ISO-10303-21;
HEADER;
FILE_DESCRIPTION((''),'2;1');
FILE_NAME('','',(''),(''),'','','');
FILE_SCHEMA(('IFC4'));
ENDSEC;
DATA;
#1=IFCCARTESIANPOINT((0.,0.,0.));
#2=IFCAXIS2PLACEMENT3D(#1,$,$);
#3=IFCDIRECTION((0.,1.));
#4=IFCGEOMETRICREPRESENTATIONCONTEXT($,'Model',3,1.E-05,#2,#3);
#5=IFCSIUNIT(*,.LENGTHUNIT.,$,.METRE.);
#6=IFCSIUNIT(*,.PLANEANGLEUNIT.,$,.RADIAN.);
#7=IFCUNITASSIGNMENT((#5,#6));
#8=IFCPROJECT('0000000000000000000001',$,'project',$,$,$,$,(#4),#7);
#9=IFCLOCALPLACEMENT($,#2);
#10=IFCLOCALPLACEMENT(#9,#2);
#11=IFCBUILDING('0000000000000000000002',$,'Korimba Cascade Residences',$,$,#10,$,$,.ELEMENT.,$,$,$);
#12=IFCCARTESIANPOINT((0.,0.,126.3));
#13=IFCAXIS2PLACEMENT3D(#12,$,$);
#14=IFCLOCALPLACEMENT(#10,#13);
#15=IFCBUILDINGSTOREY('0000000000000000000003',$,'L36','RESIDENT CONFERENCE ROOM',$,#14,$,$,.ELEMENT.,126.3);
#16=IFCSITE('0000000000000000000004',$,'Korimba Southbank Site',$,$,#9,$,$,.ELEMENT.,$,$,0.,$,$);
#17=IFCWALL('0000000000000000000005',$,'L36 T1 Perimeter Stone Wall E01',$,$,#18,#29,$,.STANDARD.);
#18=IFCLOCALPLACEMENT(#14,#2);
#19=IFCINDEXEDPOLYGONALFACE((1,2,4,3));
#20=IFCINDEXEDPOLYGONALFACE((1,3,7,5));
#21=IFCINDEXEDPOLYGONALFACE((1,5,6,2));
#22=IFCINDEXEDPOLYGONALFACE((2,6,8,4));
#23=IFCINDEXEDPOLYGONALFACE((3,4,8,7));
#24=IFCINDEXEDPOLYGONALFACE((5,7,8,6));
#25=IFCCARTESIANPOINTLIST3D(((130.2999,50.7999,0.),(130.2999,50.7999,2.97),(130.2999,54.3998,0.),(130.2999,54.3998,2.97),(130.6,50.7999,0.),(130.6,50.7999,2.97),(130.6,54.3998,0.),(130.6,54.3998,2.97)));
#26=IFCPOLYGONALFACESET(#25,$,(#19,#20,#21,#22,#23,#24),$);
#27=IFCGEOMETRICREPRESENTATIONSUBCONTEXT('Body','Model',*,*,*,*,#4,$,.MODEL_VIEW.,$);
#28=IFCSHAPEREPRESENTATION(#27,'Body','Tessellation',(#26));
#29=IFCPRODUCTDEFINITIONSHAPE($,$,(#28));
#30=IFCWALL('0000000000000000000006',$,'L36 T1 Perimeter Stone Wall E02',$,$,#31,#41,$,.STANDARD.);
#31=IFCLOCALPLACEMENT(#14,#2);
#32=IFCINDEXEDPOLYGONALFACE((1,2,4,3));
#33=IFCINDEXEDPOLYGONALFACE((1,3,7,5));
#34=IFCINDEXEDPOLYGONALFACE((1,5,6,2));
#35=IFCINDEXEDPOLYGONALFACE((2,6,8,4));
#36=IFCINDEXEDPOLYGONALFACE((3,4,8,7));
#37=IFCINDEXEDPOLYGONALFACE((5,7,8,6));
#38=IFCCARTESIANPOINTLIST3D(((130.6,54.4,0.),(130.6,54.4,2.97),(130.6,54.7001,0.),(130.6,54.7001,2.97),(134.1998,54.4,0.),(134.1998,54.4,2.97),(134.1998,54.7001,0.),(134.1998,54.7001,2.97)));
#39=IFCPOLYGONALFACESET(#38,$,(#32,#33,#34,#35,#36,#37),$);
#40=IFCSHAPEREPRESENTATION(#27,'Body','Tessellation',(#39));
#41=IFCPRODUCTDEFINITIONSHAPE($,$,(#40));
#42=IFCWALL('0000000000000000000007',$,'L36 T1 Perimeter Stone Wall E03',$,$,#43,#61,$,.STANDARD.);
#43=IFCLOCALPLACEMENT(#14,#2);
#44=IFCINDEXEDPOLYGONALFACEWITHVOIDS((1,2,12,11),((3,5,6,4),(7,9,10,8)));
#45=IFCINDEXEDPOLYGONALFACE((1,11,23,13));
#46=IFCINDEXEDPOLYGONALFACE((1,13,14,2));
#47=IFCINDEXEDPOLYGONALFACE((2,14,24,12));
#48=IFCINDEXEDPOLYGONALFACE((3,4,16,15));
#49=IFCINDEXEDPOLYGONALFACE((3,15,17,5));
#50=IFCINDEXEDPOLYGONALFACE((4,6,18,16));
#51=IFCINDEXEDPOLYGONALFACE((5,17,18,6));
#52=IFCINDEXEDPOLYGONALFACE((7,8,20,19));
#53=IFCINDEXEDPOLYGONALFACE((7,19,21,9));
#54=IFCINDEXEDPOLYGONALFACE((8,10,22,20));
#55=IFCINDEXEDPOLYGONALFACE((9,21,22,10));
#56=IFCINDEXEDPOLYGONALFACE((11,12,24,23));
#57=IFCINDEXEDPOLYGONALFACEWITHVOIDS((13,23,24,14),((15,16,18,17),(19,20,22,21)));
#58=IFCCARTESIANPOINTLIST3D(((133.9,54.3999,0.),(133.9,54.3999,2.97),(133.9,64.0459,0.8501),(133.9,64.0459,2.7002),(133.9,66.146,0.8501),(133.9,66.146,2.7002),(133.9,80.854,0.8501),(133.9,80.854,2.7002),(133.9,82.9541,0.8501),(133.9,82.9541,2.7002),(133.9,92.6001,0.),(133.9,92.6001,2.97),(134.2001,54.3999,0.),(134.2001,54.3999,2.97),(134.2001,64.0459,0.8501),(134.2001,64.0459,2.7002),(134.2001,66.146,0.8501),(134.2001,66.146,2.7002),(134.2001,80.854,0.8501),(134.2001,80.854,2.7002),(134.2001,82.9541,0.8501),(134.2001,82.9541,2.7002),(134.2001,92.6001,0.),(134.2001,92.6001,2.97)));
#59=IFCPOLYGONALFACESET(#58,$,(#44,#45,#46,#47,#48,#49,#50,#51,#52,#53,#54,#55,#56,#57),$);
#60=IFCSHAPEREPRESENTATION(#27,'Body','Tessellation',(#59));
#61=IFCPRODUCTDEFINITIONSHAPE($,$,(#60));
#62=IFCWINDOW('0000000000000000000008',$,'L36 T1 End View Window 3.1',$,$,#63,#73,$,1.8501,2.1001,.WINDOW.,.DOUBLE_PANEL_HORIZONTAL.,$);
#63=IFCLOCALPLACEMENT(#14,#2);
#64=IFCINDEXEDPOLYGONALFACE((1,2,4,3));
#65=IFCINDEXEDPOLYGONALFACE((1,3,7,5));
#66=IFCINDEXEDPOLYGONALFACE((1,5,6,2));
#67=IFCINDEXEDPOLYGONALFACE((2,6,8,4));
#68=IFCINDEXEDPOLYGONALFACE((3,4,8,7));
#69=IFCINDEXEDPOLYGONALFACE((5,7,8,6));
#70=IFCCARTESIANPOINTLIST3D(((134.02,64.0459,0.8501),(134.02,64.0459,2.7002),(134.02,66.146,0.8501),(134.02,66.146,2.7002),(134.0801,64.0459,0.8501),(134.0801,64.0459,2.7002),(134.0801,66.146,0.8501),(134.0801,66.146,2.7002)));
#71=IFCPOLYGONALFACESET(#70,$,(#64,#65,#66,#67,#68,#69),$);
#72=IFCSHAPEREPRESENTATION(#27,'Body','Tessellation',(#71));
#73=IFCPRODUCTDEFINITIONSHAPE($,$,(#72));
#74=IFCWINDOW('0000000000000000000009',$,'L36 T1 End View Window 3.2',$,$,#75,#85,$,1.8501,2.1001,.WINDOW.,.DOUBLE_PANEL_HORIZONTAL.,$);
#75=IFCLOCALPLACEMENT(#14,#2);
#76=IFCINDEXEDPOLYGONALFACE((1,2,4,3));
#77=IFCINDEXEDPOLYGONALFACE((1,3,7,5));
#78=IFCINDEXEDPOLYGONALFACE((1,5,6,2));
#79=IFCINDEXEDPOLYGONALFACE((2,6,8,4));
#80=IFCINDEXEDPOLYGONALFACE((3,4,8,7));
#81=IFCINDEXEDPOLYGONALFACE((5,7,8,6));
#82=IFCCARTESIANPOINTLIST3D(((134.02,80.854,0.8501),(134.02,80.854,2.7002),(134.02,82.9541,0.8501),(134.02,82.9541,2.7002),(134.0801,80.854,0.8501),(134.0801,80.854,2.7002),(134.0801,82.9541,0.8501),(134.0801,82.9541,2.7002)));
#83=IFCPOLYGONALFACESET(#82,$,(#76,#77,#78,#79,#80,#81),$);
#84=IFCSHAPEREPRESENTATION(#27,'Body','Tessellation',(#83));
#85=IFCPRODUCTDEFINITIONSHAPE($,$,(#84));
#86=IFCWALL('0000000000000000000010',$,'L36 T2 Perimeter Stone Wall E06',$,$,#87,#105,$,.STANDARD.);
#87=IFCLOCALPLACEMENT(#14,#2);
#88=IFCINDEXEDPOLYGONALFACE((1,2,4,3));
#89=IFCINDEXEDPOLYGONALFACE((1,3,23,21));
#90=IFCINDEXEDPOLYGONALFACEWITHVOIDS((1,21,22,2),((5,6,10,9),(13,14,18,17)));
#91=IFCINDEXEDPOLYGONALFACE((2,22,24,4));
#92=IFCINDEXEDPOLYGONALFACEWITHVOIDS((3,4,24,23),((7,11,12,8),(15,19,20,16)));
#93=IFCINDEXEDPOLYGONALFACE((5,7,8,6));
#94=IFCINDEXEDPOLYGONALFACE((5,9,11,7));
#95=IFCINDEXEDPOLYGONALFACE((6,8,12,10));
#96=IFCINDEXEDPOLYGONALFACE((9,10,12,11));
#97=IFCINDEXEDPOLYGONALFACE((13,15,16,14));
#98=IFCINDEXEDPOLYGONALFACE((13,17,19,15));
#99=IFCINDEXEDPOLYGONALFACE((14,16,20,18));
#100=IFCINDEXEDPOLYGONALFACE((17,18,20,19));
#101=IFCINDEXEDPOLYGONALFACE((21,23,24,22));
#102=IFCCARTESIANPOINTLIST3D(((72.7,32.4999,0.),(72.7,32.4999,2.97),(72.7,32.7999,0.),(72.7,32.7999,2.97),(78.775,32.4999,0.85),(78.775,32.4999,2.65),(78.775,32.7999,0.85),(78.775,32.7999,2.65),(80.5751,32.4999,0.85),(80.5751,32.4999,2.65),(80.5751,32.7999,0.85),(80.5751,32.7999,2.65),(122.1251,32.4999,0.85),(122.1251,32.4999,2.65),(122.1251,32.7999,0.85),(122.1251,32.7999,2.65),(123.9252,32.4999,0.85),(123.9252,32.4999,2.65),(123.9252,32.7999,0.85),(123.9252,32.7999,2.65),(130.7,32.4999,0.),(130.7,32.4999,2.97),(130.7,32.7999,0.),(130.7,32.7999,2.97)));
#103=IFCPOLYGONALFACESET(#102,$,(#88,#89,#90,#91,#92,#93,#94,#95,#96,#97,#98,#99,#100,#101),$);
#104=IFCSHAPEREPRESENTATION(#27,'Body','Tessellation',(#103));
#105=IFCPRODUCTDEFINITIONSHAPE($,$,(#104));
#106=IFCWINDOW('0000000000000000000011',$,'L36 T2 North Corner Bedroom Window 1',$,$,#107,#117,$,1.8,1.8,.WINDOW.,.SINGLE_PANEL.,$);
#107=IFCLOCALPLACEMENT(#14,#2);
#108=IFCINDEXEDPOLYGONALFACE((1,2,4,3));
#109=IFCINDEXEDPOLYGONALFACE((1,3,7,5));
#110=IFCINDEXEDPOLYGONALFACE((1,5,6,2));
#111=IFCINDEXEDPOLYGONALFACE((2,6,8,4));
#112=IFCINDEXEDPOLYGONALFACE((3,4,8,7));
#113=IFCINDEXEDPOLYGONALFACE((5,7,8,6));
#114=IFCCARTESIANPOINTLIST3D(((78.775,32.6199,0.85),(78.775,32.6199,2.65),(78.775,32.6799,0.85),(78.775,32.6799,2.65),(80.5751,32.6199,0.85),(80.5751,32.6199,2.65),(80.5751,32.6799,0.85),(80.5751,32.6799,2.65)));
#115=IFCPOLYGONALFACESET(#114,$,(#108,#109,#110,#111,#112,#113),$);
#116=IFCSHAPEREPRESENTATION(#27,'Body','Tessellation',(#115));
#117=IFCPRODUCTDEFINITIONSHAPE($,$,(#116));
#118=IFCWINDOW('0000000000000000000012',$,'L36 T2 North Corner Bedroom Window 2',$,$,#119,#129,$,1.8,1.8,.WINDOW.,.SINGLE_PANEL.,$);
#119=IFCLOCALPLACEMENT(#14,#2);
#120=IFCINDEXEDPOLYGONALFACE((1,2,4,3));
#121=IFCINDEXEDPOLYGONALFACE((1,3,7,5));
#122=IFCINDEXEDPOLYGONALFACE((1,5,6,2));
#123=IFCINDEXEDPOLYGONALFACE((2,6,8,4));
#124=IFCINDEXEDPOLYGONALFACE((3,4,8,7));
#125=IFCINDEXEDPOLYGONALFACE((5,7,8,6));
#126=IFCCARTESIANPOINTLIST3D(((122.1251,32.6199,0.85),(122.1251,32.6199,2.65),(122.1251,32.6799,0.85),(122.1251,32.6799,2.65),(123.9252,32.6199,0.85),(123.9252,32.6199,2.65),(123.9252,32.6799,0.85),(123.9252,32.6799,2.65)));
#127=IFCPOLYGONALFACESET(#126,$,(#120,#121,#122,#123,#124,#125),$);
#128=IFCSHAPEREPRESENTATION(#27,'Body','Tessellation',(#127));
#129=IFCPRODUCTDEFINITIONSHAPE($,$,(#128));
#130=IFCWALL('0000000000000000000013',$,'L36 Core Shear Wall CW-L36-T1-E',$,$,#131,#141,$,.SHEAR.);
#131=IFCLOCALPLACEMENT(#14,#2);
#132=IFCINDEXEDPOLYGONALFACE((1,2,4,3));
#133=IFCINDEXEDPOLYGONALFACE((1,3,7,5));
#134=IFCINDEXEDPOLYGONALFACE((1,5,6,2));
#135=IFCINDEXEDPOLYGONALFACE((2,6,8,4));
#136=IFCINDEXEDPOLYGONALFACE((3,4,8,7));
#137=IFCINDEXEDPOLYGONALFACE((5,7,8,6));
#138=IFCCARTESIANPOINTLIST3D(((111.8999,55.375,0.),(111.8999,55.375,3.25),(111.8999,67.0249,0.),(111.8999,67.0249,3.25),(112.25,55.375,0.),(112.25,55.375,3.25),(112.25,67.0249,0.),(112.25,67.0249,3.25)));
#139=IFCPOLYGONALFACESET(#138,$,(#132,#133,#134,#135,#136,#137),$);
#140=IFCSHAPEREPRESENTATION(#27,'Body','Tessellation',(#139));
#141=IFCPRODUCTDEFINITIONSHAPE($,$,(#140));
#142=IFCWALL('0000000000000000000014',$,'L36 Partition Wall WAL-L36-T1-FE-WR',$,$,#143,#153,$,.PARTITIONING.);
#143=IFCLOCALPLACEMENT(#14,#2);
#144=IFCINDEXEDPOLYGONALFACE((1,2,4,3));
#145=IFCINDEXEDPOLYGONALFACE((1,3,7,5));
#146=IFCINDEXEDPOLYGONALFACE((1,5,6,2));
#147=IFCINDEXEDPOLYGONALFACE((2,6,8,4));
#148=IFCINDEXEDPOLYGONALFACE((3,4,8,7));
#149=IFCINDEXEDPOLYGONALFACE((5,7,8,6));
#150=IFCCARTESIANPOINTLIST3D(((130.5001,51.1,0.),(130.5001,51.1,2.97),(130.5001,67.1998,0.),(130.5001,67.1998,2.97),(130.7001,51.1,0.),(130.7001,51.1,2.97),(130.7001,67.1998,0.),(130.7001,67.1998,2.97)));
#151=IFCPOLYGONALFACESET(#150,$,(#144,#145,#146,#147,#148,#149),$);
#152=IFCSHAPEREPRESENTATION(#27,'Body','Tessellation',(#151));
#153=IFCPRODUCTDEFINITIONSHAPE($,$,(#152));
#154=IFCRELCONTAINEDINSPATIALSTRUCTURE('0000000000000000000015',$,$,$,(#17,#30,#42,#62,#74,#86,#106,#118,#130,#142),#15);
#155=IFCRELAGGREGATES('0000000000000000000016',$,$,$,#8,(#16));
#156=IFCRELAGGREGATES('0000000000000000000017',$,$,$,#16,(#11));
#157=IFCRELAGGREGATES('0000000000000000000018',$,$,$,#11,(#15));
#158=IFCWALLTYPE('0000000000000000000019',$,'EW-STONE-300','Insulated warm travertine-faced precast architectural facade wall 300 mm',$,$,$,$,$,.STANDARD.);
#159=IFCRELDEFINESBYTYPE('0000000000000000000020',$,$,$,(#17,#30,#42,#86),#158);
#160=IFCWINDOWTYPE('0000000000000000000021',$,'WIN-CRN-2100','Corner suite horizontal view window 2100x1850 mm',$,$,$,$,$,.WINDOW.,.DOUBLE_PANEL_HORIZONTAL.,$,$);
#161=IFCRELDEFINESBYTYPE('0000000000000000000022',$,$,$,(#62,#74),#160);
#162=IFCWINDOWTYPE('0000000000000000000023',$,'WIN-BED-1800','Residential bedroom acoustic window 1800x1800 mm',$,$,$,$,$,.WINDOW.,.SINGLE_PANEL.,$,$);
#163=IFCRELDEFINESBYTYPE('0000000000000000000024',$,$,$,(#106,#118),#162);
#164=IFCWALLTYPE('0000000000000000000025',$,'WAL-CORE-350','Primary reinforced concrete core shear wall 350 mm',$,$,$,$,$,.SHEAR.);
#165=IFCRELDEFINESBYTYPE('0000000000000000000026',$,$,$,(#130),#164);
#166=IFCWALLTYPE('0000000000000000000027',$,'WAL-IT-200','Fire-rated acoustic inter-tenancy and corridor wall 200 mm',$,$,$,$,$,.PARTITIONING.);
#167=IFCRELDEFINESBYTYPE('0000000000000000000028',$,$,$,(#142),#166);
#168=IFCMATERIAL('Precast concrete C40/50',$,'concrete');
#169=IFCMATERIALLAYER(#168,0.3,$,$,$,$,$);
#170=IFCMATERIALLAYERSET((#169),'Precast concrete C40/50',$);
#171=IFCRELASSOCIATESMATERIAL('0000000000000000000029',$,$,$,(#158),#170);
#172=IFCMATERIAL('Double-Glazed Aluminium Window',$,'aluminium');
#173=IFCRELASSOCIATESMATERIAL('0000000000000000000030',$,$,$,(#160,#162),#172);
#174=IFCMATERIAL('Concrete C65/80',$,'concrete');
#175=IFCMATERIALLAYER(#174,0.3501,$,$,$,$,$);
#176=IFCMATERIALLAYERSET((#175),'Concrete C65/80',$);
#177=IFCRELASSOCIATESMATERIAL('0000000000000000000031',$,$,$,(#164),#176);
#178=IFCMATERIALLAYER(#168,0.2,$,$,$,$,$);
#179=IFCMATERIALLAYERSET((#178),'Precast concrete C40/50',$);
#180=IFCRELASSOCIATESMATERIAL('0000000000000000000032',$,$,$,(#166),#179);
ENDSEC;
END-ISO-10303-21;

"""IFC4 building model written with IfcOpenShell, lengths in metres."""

from ifc_helpers import new_model, si_unit, direction, frame, frame_2d, origin, place, context, subcontext, project, spatial, rectangle, extrude, material, layer, layer_set, type_object, element, fill, save


model = new_model("IFC4")

# Units and contexts
model_context = context("Model", 3, precision=1e-05, world=origin(), true_north=direction((0.0, 1.0)))
body_context = subcontext(model_context, "Body", "Model", "MODEL_VIEW")
ifc_project = project(units=[si_unit("LENGTHUNIT", "METRE"), si_unit("PLANEANGLEUNIT", "RADIAN")], contexts=[model_context])

# Site, building, storey
site_placement = place(None, origin())
site = spatial("IfcSite", under=ifc_project, at=site_placement, Name="Korimba Southbank Site", CompositionType="ELEMENT", RefElevation=0.0)
building_placement = place(site_placement, origin())
building = spatial("IfcBuilding", under=site, at=building_placement, Name="Korimba Cascade Residences", CompositionType="ELEMENT")
storey_placement = place(building_placement, frame((0.0, 0.0, 126.3)))
storey = spatial("IfcBuildingStorey", under=building, at=storey_placement, Name="L36", Description="RESIDENT CONFERENCE ROOM", CompositionType="ELEMENT", Elevation=126.3)

# Shared definitions
ifc_material_1 = material(Name="Concrete C65/80", Category="concrete")

# Walls
ifc_material_2 = material(Name="Precast concrete C40/50", Category="concrete")
ifc_layer_1 = layer(ifc_material_2, 0.3)
ifc_layer_set_1 = layer_set([ifc_layer_1], Name="Precast concrete C40/50")
wall_type_1 = type_object("IfcWallType", Name="EW-STONE-300", Description="Insulated warm travertine-faced precast architectural facade wall 300 mm", PredefinedType="STANDARD", material=ifc_layer_set_1)
for number, where, z_axis, x_axis, name in (
    (1, (130.45, 50.8, 0.0), (0.0, 0.0, 1.0), (0.0, 1.0, 0.0), "L36 T1 Perimeter Stone Wall E01"),
    (2, (130.6001, 54.55, 0.0), (0.0, 0.0, 1.0), (1.0, 0.0, 0.0), "L36 T1 Perimeter Stone Wall E02"),
):
    element("IfcWall", number, at=place(storey_placement, frame(where, z_axis=z_axis, x_axis=x_axis)), inside=storey, type_object=wall_type_1, Name=name, PredefinedType="STANDARD", context=body_context, shape_type="SweptSolid", body=[
        extrude(rectangle(XDim=3.5999, YDim=0.3, at=frame_2d((1.7998, 0.0))), origin(), (0.0, 0.0, 1.0), 2.97),
    ])

# Walls, openings, windows
wall_1_placement = place(storey_placement, frame((134.05, 54.3999, 0.0), z_axis=(0.0, 0.0, 1.0), x_axis=(0.0, 1.0, 0.0)))
wall_1 = element("IfcWall", 3, at=wall_1_placement, inside=storey, type_object=wall_type_1, Name="L36 T1 Perimeter Stone Wall E03", PredefinedType="STANDARD", context=body_context, shape_type="SweptSolid", body=[
    extrude(rectangle(XDim=38.2002, YDim=0.3, at=frame_2d((19.1001, 0.0))), origin(), (0.0, 0.0, 1.0), 2.97),
])
opening_1_placement = place(wall_1_placement, frame((9.646, 0.0, 0.8501)))
opening_1 = element("IfcOpeningElement", 4, at=opening_1_placement, cuts=wall_1, PredefinedType="OPENING", context=body_context, shape_type="SweptSolid", body=[
    extrude(rectangle(XDim=2.1001, YDim=1.8501, at=frame_2d((1.05, 0.925))), frame((0.0, 0.1602, 0.0), z_axis=(0.0, -1.0, 0.0), x_axis=(1.0, 0.0, 0.0)), (0.0, 0.0, 1.0), 0.3201),
])
opening_2_placement = place(wall_1_placement, frame((26.4541, 0.0, 0.8501)))
opening_2 = element("IfcOpeningElement", 5, at=opening_2_placement, cuts=wall_1, PredefinedType="OPENING", context=body_context, shape_type="SweptSolid", body=[
    extrude(rectangle(XDim=2.1001, YDim=1.8501, at=frame_2d((1.05, 0.925))), frame((0.0, 0.1602, 0.0), z_axis=(0.0, -1.0, 0.0), x_axis=(1.0, 0.0, 0.0)), (0.0, 0.0, 1.0), 0.3201),
])
ifc_material_3 = material(Name="Double-Glazed Aluminium Window", Category="aluminium")
window_type_1 = type_object("IfcWindowType", Name="WIN-CRN-2100", Description="Corner suite horizontal view window 2100x1850 mm", PartitioningType="DOUBLE_PANEL_HORIZONTAL", PredefinedType="WINDOW", material=ifc_material_3)
window_1_placement = place(opening_1_placement, origin())
window_1 = element("IfcWindow", 6, at=window_1_placement, inside=storey, type_object=window_type_1, Name="L36 T1 End View Window 3.1", OverallHeight=1.8501, OverallWidth=2.1001, PartitioningType="DOUBLE_PANEL_HORIZONTAL", PredefinedType="WINDOW", context=body_context, shape_type="SweptSolid", body=[
    extrude(rectangle(XDim=2.1001, YDim=1.8501, at=frame_2d((1.05, 0.925))), frame((0.0, 0.03, 0.0), z_axis=(0.0, -1.0, 0.0), x_axis=(1.0, 0.0, 0.0)), (0.0, 0.0, 1.0), 0.0601),
])
fill(opening_1, window_1)
window_2_placement = place(opening_2_placement, origin())
window_2 = element("IfcWindow", 7, at=window_2_placement, inside=storey, type_object=window_type_1, Name="L36 T1 End View Window 3.2", OverallHeight=1.8501, OverallWidth=2.1001, PartitioningType="DOUBLE_PANEL_HORIZONTAL", PredefinedType="WINDOW", context=body_context, shape_type="SweptSolid", body=[
    extrude(rectangle(XDim=2.1001, YDim=1.8501, at=frame_2d((1.05, 0.925))), frame((0.0, 0.03, 0.0), z_axis=(0.0, -1.0, 0.0), x_axis=(1.0, 0.0, 0.0)), (0.0, 0.0, 1.0), 0.0601),
])
fill(opening_2, window_2)
wall_2_placement = place(storey_placement, frame((130.7, 32.6499, 0.0), z_axis=(0.0, 0.0, 1.0), x_axis=(-1.0, 0.0, 0.0)))
wall_2 = element("IfcWall", 8, at=wall_2_placement, inside=storey, type_object=wall_type_1, Name="L36 T2 Perimeter Stone Wall E06", PredefinedType="STANDARD", context=body_context, shape_type="SweptSolid", body=[
    extrude(rectangle(XDim=58.0, YDim=0.3, at=frame_2d((29.0, 0.0))), origin(), (0.0, 0.0, 1.0), 2.97),
])
opening_3_placement = place(wall_2_placement, frame((50.125, 0.0, 0.8501)))
opening_3 = element("IfcOpeningElement", 9, at=opening_3_placement, cuts=wall_2, PredefinedType="OPENING", context=body_context, shape_type="SweptSolid", body=[
    extrude(rectangle(XDim=1.8, YDim=1.8, at=frame_2d((0.8999, 0.8999))), frame((0.0, 0.1602, 0.0), z_axis=(0.0, -1.0, 0.0), x_axis=(1.0, 0.0, 0.0)), (0.0, 0.0, 1.0), 0.3201),
])
opening_4_placement = place(wall_2_placement, frame((6.7749, 0.0, 0.8501)))
opening_4 = element("IfcOpeningElement", 10, at=opening_4_placement, cuts=wall_2, PredefinedType="OPENING", context=body_context, shape_type="SweptSolid", body=[
    extrude(rectangle(XDim=1.8, YDim=1.8, at=frame_2d((0.8999, 0.8999))), frame((0.0, 0.1602, 0.0), z_axis=(0.0, -1.0, 0.0), x_axis=(1.0, 0.0, 0.0)), (0.0, 0.0, 1.0), 0.3201),
])
window_type_2 = type_object("IfcWindowType", Name="WIN-BED-1800", Description="Residential bedroom acoustic window 1800x1800 mm", PartitioningType="SINGLE_PANEL", PredefinedType="WINDOW", material=ifc_material_3)
window_3_placement = place(opening_3_placement, origin())
window_3 = element("IfcWindow", 11, at=window_3_placement, inside=storey, type_object=window_type_2, Name="L36 T2 North Corner Bedroom Window 1", OverallHeight=1.8, OverallWidth=1.8, PartitioningType="SINGLE_PANEL", PredefinedType="WINDOW", context=body_context, shape_type="SweptSolid", body=[
    extrude(rectangle(XDim=1.8, YDim=1.8, at=frame_2d((0.8999, 0.8999))), frame((0.0, 0.03, 0.0), z_axis=(0.0, -1.0, 0.0), x_axis=(1.0, 0.0, 0.0)), (0.0, 0.0, 1.0), 0.0601),
])
fill(opening_3, window_3)
window_4_placement = place(opening_4_placement, origin())
window_4 = element("IfcWindow", 12, at=window_4_placement, inside=storey, type_object=window_type_2, Name="L36 T2 North Corner Bedroom Window 2", OverallHeight=1.8, OverallWidth=1.8, PartitioningType="SINGLE_PANEL", PredefinedType="WINDOW", context=body_context, shape_type="SweptSolid", body=[
    extrude(rectangle(XDim=1.8, YDim=1.8, at=frame_2d((0.8999, 0.8999))), frame((0.0, 0.03, 0.0), z_axis=(0.0, -1.0, 0.0), x_axis=(1.0, 0.0, 0.0)), (0.0, 0.0, 1.0), 0.0601),
])
fill(opening_4, window_4)

# Walls
ifc_layer_2 = layer(ifc_material_1, 0.3501)
ifc_layer_set_2 = layer_set([ifc_layer_2], Name="Concrete C65/80")
wall_type_2 = type_object("IfcWallType", Name="WAL-CORE-350", Description="Primary reinforced concrete core shear wall 350 mm", PredefinedType="SHEAR", material=ifc_layer_set_2)
wall_3_placement = place(storey_placement, frame((112.075, 55.375, 0.0), z_axis=(0.0, 0.0, 1.0), x_axis=(0.0, 1.0, 0.0)))
element("IfcWall", 13, at=wall_3_placement, inside=storey, type_object=wall_type_2, Name="L36 Core Shear Wall CW-L36-T1-E", PredefinedType="SHEAR", context=body_context, shape_type="SweptSolid", body=[
    extrude(rectangle(XDim=11.6499, YDim=0.3501, at=frame_2d((5.825, 0.0))), origin(), (0.0, 0.0, 1.0), 3.25),
])
ifc_layer_3 = layer(ifc_material_2, 0.2)
ifc_layer_set_3 = layer_set([ifc_layer_3], Name="Precast concrete C40/50")
wall_type_3 = type_object("IfcWallType", Name="WAL-IT-200", Description="Fire-rated acoustic inter-tenancy and corridor wall 200 mm", PredefinedType="PARTITIONING", material=ifc_layer_set_3)
wall_4_placement = place(storey_placement, frame((130.6001, 51.1001, 0.0), z_axis=(0.0, 0.0, 1.0), x_axis=(0.0, 1.0, 0.0)))
element("IfcWall", 14, at=wall_4_placement, inside=storey, type_object=wall_type_3, Name="L36 Partition Wall WAL-L36-T1-FE-WR", PredefinedType="PARTITIONING", context=body_context, shape_type="SweptSolid", body=[
    extrude(rectangle(XDim=16.0999, YDim=0.2, at=frame_2d((8.0498, 0.0))), origin(), (0.0, 0.0, 1.0), 2.97),
])

save(model, "model.ifc")
